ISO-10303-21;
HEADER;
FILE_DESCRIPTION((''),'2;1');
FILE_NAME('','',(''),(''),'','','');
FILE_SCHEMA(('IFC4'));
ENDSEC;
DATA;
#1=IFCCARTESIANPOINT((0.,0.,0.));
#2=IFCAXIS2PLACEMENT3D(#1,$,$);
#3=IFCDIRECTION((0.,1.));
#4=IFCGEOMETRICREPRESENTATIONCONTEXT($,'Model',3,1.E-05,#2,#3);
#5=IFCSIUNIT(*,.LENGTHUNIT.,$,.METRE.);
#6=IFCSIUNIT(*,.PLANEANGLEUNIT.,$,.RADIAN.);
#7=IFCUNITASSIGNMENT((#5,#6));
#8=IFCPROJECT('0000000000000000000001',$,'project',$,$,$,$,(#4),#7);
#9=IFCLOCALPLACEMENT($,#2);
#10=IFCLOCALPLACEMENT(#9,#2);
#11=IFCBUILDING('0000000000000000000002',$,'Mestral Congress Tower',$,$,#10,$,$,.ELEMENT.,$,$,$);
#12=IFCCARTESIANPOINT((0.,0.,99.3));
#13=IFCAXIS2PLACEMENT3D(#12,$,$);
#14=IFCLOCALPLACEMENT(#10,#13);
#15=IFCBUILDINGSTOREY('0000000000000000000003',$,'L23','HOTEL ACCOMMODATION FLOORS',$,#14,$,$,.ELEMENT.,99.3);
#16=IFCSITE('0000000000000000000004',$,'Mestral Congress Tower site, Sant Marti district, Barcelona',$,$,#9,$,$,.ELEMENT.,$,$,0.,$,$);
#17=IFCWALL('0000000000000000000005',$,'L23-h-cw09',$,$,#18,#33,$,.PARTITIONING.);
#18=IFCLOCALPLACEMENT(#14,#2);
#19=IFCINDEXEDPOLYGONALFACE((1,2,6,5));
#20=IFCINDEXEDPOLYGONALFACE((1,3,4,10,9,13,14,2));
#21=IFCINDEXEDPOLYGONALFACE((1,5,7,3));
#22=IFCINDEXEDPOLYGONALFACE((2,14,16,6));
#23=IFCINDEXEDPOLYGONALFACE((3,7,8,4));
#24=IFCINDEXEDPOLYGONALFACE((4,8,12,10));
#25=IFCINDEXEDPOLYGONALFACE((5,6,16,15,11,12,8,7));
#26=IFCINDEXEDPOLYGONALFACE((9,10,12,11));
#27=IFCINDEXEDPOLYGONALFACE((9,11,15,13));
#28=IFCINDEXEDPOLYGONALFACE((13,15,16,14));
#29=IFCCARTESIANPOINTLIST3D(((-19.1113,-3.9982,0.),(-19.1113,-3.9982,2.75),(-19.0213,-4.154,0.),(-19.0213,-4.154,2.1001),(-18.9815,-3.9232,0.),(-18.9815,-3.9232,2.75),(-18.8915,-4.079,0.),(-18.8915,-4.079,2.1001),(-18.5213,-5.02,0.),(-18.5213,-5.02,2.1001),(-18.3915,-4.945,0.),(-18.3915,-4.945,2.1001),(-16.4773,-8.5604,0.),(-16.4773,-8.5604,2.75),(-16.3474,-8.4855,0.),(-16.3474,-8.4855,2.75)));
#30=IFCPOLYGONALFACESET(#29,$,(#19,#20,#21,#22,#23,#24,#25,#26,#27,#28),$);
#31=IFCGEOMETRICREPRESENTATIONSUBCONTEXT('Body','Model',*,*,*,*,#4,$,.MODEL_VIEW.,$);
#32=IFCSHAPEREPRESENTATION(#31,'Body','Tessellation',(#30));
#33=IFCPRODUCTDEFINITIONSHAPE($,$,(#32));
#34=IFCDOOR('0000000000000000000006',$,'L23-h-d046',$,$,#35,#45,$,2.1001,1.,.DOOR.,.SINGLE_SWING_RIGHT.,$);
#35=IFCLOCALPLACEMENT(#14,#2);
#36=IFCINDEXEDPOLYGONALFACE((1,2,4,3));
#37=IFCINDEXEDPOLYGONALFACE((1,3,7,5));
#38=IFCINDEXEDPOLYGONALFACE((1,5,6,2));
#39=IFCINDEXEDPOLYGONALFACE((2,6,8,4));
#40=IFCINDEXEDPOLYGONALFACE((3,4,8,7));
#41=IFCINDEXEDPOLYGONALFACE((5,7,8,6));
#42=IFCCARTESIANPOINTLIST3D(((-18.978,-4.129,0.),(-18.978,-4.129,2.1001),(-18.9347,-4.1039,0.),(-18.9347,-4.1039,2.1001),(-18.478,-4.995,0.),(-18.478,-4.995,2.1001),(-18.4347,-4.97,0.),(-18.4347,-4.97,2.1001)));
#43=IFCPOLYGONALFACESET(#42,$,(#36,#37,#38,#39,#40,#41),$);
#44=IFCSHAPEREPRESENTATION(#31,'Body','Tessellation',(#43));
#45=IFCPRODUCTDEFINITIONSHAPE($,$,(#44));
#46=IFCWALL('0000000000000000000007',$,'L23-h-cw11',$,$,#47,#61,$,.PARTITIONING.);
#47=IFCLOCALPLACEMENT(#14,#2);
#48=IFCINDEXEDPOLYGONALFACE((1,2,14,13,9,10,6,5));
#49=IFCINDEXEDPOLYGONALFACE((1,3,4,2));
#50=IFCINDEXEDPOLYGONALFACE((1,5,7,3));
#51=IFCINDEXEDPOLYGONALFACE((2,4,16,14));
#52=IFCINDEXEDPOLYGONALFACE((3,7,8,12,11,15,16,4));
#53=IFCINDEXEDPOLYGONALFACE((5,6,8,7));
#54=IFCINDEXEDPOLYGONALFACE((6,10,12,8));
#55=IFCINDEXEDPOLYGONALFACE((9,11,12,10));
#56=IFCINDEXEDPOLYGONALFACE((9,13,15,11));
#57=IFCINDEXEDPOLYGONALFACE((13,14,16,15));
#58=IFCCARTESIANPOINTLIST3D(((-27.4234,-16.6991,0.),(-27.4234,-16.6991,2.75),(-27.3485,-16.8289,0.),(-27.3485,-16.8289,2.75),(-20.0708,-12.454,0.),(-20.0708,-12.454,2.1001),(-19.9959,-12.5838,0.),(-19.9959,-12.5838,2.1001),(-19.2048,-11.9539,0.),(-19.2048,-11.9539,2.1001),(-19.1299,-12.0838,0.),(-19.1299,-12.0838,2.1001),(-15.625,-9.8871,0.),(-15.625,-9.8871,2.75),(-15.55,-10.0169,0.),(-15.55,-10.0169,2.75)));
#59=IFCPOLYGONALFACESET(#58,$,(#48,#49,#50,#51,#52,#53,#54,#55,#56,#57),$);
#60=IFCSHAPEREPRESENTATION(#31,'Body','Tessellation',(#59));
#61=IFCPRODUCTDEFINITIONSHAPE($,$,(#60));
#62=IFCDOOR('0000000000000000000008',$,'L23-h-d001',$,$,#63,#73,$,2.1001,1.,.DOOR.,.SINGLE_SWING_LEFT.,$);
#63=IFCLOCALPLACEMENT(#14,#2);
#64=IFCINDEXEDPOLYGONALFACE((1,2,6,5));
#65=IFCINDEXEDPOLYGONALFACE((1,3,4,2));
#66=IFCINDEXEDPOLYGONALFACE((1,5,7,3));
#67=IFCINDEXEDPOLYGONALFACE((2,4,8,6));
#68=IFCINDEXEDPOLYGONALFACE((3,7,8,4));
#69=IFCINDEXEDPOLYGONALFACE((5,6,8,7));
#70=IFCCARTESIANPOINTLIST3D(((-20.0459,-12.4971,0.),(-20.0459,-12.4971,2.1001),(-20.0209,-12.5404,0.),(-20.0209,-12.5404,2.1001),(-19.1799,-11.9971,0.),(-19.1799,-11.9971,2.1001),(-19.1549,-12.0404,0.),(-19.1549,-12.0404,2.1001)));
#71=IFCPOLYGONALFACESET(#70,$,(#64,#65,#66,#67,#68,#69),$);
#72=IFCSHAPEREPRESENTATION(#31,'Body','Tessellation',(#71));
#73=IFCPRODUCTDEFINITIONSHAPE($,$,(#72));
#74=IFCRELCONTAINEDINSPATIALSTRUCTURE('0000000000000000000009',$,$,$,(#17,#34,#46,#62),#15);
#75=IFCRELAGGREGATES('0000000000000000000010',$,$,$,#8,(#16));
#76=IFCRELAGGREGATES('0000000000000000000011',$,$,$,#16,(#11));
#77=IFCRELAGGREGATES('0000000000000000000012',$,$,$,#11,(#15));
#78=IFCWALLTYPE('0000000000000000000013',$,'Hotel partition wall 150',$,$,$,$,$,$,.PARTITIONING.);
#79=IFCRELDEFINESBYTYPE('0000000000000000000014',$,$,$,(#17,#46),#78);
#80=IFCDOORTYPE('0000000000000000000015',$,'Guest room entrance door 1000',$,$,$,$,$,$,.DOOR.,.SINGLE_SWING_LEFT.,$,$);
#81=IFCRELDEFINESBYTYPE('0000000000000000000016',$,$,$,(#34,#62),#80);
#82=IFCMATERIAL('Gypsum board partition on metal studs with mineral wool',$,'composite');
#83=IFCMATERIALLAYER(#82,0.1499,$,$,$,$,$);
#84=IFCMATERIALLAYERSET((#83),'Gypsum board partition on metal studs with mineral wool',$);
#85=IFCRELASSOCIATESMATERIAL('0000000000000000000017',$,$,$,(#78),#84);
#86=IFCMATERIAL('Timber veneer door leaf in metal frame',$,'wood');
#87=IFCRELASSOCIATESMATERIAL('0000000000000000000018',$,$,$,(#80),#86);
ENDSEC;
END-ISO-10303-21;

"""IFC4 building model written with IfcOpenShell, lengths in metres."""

from ifc_helpers import new_model, si_unit, direction, frame, frame_2d, origin, place, context, subcontext, project, spatial, rectangle, extrude, material, layer, layer_set, type_object, element, fill, save


model = new_model("IFC4")

# Units and contexts
model_context = context("Model", 3, precision=1e-05, world=origin(), true_north=direction((0.0, 1.0)))
body_context = subcontext(model_context, "Body", "Model", "MODEL_VIEW")
ifc_project = project(units=[si_unit("LENGTHUNIT", "METRE"), si_unit("PLANEANGLEUNIT", "RADIAN")], contexts=[model_context])

# Site, building, storey
site_placement = place(None, origin())
site = spatial("IfcSite", under=ifc_project, at=site_placement, Name="Mestral Congress Tower site, Sant Marti district, Barcelona", CompositionType="ELEMENT", RefElevation=0.0)
building_placement = place(site_placement, origin())
building = spatial("IfcBuilding", under=site, at=building_placement, Name="Mestral Congress Tower", CompositionType="ELEMENT")
storey_placement = place(building_placement, frame((0.0, 0.0, 99.3)))
storey = spatial("IfcBuildingStorey", under=building, at=storey_placement, Name="L23", Description="HOTEL ACCOMMODATION FLOORS", CompositionType="ELEMENT", Elevation=99.3)

# Shared definitions
ifc_material_1 = material(Name="Gypsum board partition on metal studs with mineral wool", Category="composite")

# Shared definitions
ifc_layer_1 = layer(ifc_material_1, 0.1499)
ifc_layer_set_1 = layer_set([ifc_layer_1], Name="Gypsum board partition on metal studs with mineral wool")
wall_type_1 = type_object("IfcWallType", Name="Hotel partition wall 150", PredefinedType="PARTITIONING", material=ifc_layer_set_1)
ifc_material_2 = material(Name="Timber veneer door leaf in metal frame", Category="wood")
door_type_1 = type_object("IfcDoorType", Name="Guest room entrance door 1000", OperationType="SINGLE_SWING_LEFT", PredefinedType="DOOR", material=ifc_material_2)

# Walls, openings, doors
wall_1_placement = place(storey_placement, frame((-16.4124, -8.5229, 0.0), z_axis=(0.0, 0.0, 1.0), x_axis=(-0.500002, 0.866024, 0.0)))
wall_1 = element("IfcWall", 1, at=wall_1_placement, inside=storey, type_object=wall_type_1, Name="L23-h-cw09", PredefinedType="PARTITIONING", context=body_context, shape_type="SweptSolid", body=[
    extrude(rectangle(XDim=5.2681, YDim=0.1499, at=frame_2d((2.634, 0.0))), origin(), (0.0, 0.0, 1.0), 2.75),
])
opening_1_placement = place(wall_1_placement, frame((4.0881, 0.0, 0.0)))
opening_1 = element("IfcOpeningElement", 2, at=opening_1_placement, cuts=wall_1, PredefinedType="OPENING", context=body_context, shape_type="SweptSolid", body=[
    extrude(rectangle(XDim=1.0, YDim=2.1001, at=frame_2d((0.5, 1.05))), frame((0.0, 0.085, 0.0), z_axis=(0.0, -1.0, 0.0), x_axis=(1.0, 0.0, 0.0)), (0.0, 0.0, 1.0), 0.1699),
])
door_1_placement = place(opening_1_placement, origin())
door_1 = element("IfcDoor", 3, at=door_1_placement, inside=storey, type_object=door_type_1, Name="L23-h-d046", OperationType="SINGLE_SWING_RIGHT", OverallHeight=2.1001, OverallWidth=1.0, PredefinedType="DOOR", context=body_context, shape_type="SweptSolid", body=[
    extrude(rectangle(XDim=1.0, YDim=2.1001, at=frame_2d((0.5, 1.05))), frame((0.0, 0.0249, 0.0), z_axis=(0.0, -1.0, 0.0), x_axis=(1.0, 0.0, 0.0)), (0.0, 0.0, 1.0), 0.05),
])
fill(opening_1, door_1)
wall_2_placement = place(storey_placement, frame((-15.5874, -9.9519, 0.0), z_axis=(0.0, 0.0, 1.0), x_axis=(-0.866018, -0.500013, 0.0)))
wall_2 = element("IfcWall", 4, at=wall_2_placement, inside=storey, type_object=wall_type_1, Name="L23-h-cw11", PredefinedType="PARTITIONING", context=body_context, shape_type="SweptSolid", body=[
    extrude(rectangle(XDim=13.6238, YDim=0.1499, at=frame_2d((6.812, 0.0))), origin(), (0.0, 0.0, 1.0), 2.75),
])
opening_2_placement = place(wall_2_placement, frame((4.1338, 0.0, 0.0)))
opening_2 = element("IfcOpeningElement", 5, at=opening_2_placement, cuts=wall_2, PredefinedType="OPENING", context=body_context, shape_type="SweptSolid", body=[
    extrude(rectangle(XDim=1.0, YDim=2.1001, at=frame_2d((0.5, 1.05))), frame((0.0, 0.085, 0.0), z_axis=(0.0, -1.0, 0.0), x_axis=(1.0, 0.0, 0.0)), (0.0, 0.0, 1.0), 0.1699),
])
door_2_placement = place(opening_2_placement, origin())
door_2 = element("IfcDoor", 6, at=door_2_placement, inside=storey, type_object=door_type_1, Name="L23-h-d001", OperationType="SINGLE_SWING_LEFT", OverallHeight=2.1001, OverallWidth=1.0, PredefinedType="DOOR", context=body_context, shape_type="SweptSolid", body=[
    extrude(rectangle(XDim=1.0, YDim=2.1001, at=frame_2d((0.5, 1.05))), frame((0.0, 0.0249, 0.0), z_axis=(0.0, -1.0, 0.0), x_axis=(1.0, 0.0, 0.0)), (0.0, 0.0, 1.0), 0.05),
])
fill(opening_2, door_2)

save(model, "model.ifc")
